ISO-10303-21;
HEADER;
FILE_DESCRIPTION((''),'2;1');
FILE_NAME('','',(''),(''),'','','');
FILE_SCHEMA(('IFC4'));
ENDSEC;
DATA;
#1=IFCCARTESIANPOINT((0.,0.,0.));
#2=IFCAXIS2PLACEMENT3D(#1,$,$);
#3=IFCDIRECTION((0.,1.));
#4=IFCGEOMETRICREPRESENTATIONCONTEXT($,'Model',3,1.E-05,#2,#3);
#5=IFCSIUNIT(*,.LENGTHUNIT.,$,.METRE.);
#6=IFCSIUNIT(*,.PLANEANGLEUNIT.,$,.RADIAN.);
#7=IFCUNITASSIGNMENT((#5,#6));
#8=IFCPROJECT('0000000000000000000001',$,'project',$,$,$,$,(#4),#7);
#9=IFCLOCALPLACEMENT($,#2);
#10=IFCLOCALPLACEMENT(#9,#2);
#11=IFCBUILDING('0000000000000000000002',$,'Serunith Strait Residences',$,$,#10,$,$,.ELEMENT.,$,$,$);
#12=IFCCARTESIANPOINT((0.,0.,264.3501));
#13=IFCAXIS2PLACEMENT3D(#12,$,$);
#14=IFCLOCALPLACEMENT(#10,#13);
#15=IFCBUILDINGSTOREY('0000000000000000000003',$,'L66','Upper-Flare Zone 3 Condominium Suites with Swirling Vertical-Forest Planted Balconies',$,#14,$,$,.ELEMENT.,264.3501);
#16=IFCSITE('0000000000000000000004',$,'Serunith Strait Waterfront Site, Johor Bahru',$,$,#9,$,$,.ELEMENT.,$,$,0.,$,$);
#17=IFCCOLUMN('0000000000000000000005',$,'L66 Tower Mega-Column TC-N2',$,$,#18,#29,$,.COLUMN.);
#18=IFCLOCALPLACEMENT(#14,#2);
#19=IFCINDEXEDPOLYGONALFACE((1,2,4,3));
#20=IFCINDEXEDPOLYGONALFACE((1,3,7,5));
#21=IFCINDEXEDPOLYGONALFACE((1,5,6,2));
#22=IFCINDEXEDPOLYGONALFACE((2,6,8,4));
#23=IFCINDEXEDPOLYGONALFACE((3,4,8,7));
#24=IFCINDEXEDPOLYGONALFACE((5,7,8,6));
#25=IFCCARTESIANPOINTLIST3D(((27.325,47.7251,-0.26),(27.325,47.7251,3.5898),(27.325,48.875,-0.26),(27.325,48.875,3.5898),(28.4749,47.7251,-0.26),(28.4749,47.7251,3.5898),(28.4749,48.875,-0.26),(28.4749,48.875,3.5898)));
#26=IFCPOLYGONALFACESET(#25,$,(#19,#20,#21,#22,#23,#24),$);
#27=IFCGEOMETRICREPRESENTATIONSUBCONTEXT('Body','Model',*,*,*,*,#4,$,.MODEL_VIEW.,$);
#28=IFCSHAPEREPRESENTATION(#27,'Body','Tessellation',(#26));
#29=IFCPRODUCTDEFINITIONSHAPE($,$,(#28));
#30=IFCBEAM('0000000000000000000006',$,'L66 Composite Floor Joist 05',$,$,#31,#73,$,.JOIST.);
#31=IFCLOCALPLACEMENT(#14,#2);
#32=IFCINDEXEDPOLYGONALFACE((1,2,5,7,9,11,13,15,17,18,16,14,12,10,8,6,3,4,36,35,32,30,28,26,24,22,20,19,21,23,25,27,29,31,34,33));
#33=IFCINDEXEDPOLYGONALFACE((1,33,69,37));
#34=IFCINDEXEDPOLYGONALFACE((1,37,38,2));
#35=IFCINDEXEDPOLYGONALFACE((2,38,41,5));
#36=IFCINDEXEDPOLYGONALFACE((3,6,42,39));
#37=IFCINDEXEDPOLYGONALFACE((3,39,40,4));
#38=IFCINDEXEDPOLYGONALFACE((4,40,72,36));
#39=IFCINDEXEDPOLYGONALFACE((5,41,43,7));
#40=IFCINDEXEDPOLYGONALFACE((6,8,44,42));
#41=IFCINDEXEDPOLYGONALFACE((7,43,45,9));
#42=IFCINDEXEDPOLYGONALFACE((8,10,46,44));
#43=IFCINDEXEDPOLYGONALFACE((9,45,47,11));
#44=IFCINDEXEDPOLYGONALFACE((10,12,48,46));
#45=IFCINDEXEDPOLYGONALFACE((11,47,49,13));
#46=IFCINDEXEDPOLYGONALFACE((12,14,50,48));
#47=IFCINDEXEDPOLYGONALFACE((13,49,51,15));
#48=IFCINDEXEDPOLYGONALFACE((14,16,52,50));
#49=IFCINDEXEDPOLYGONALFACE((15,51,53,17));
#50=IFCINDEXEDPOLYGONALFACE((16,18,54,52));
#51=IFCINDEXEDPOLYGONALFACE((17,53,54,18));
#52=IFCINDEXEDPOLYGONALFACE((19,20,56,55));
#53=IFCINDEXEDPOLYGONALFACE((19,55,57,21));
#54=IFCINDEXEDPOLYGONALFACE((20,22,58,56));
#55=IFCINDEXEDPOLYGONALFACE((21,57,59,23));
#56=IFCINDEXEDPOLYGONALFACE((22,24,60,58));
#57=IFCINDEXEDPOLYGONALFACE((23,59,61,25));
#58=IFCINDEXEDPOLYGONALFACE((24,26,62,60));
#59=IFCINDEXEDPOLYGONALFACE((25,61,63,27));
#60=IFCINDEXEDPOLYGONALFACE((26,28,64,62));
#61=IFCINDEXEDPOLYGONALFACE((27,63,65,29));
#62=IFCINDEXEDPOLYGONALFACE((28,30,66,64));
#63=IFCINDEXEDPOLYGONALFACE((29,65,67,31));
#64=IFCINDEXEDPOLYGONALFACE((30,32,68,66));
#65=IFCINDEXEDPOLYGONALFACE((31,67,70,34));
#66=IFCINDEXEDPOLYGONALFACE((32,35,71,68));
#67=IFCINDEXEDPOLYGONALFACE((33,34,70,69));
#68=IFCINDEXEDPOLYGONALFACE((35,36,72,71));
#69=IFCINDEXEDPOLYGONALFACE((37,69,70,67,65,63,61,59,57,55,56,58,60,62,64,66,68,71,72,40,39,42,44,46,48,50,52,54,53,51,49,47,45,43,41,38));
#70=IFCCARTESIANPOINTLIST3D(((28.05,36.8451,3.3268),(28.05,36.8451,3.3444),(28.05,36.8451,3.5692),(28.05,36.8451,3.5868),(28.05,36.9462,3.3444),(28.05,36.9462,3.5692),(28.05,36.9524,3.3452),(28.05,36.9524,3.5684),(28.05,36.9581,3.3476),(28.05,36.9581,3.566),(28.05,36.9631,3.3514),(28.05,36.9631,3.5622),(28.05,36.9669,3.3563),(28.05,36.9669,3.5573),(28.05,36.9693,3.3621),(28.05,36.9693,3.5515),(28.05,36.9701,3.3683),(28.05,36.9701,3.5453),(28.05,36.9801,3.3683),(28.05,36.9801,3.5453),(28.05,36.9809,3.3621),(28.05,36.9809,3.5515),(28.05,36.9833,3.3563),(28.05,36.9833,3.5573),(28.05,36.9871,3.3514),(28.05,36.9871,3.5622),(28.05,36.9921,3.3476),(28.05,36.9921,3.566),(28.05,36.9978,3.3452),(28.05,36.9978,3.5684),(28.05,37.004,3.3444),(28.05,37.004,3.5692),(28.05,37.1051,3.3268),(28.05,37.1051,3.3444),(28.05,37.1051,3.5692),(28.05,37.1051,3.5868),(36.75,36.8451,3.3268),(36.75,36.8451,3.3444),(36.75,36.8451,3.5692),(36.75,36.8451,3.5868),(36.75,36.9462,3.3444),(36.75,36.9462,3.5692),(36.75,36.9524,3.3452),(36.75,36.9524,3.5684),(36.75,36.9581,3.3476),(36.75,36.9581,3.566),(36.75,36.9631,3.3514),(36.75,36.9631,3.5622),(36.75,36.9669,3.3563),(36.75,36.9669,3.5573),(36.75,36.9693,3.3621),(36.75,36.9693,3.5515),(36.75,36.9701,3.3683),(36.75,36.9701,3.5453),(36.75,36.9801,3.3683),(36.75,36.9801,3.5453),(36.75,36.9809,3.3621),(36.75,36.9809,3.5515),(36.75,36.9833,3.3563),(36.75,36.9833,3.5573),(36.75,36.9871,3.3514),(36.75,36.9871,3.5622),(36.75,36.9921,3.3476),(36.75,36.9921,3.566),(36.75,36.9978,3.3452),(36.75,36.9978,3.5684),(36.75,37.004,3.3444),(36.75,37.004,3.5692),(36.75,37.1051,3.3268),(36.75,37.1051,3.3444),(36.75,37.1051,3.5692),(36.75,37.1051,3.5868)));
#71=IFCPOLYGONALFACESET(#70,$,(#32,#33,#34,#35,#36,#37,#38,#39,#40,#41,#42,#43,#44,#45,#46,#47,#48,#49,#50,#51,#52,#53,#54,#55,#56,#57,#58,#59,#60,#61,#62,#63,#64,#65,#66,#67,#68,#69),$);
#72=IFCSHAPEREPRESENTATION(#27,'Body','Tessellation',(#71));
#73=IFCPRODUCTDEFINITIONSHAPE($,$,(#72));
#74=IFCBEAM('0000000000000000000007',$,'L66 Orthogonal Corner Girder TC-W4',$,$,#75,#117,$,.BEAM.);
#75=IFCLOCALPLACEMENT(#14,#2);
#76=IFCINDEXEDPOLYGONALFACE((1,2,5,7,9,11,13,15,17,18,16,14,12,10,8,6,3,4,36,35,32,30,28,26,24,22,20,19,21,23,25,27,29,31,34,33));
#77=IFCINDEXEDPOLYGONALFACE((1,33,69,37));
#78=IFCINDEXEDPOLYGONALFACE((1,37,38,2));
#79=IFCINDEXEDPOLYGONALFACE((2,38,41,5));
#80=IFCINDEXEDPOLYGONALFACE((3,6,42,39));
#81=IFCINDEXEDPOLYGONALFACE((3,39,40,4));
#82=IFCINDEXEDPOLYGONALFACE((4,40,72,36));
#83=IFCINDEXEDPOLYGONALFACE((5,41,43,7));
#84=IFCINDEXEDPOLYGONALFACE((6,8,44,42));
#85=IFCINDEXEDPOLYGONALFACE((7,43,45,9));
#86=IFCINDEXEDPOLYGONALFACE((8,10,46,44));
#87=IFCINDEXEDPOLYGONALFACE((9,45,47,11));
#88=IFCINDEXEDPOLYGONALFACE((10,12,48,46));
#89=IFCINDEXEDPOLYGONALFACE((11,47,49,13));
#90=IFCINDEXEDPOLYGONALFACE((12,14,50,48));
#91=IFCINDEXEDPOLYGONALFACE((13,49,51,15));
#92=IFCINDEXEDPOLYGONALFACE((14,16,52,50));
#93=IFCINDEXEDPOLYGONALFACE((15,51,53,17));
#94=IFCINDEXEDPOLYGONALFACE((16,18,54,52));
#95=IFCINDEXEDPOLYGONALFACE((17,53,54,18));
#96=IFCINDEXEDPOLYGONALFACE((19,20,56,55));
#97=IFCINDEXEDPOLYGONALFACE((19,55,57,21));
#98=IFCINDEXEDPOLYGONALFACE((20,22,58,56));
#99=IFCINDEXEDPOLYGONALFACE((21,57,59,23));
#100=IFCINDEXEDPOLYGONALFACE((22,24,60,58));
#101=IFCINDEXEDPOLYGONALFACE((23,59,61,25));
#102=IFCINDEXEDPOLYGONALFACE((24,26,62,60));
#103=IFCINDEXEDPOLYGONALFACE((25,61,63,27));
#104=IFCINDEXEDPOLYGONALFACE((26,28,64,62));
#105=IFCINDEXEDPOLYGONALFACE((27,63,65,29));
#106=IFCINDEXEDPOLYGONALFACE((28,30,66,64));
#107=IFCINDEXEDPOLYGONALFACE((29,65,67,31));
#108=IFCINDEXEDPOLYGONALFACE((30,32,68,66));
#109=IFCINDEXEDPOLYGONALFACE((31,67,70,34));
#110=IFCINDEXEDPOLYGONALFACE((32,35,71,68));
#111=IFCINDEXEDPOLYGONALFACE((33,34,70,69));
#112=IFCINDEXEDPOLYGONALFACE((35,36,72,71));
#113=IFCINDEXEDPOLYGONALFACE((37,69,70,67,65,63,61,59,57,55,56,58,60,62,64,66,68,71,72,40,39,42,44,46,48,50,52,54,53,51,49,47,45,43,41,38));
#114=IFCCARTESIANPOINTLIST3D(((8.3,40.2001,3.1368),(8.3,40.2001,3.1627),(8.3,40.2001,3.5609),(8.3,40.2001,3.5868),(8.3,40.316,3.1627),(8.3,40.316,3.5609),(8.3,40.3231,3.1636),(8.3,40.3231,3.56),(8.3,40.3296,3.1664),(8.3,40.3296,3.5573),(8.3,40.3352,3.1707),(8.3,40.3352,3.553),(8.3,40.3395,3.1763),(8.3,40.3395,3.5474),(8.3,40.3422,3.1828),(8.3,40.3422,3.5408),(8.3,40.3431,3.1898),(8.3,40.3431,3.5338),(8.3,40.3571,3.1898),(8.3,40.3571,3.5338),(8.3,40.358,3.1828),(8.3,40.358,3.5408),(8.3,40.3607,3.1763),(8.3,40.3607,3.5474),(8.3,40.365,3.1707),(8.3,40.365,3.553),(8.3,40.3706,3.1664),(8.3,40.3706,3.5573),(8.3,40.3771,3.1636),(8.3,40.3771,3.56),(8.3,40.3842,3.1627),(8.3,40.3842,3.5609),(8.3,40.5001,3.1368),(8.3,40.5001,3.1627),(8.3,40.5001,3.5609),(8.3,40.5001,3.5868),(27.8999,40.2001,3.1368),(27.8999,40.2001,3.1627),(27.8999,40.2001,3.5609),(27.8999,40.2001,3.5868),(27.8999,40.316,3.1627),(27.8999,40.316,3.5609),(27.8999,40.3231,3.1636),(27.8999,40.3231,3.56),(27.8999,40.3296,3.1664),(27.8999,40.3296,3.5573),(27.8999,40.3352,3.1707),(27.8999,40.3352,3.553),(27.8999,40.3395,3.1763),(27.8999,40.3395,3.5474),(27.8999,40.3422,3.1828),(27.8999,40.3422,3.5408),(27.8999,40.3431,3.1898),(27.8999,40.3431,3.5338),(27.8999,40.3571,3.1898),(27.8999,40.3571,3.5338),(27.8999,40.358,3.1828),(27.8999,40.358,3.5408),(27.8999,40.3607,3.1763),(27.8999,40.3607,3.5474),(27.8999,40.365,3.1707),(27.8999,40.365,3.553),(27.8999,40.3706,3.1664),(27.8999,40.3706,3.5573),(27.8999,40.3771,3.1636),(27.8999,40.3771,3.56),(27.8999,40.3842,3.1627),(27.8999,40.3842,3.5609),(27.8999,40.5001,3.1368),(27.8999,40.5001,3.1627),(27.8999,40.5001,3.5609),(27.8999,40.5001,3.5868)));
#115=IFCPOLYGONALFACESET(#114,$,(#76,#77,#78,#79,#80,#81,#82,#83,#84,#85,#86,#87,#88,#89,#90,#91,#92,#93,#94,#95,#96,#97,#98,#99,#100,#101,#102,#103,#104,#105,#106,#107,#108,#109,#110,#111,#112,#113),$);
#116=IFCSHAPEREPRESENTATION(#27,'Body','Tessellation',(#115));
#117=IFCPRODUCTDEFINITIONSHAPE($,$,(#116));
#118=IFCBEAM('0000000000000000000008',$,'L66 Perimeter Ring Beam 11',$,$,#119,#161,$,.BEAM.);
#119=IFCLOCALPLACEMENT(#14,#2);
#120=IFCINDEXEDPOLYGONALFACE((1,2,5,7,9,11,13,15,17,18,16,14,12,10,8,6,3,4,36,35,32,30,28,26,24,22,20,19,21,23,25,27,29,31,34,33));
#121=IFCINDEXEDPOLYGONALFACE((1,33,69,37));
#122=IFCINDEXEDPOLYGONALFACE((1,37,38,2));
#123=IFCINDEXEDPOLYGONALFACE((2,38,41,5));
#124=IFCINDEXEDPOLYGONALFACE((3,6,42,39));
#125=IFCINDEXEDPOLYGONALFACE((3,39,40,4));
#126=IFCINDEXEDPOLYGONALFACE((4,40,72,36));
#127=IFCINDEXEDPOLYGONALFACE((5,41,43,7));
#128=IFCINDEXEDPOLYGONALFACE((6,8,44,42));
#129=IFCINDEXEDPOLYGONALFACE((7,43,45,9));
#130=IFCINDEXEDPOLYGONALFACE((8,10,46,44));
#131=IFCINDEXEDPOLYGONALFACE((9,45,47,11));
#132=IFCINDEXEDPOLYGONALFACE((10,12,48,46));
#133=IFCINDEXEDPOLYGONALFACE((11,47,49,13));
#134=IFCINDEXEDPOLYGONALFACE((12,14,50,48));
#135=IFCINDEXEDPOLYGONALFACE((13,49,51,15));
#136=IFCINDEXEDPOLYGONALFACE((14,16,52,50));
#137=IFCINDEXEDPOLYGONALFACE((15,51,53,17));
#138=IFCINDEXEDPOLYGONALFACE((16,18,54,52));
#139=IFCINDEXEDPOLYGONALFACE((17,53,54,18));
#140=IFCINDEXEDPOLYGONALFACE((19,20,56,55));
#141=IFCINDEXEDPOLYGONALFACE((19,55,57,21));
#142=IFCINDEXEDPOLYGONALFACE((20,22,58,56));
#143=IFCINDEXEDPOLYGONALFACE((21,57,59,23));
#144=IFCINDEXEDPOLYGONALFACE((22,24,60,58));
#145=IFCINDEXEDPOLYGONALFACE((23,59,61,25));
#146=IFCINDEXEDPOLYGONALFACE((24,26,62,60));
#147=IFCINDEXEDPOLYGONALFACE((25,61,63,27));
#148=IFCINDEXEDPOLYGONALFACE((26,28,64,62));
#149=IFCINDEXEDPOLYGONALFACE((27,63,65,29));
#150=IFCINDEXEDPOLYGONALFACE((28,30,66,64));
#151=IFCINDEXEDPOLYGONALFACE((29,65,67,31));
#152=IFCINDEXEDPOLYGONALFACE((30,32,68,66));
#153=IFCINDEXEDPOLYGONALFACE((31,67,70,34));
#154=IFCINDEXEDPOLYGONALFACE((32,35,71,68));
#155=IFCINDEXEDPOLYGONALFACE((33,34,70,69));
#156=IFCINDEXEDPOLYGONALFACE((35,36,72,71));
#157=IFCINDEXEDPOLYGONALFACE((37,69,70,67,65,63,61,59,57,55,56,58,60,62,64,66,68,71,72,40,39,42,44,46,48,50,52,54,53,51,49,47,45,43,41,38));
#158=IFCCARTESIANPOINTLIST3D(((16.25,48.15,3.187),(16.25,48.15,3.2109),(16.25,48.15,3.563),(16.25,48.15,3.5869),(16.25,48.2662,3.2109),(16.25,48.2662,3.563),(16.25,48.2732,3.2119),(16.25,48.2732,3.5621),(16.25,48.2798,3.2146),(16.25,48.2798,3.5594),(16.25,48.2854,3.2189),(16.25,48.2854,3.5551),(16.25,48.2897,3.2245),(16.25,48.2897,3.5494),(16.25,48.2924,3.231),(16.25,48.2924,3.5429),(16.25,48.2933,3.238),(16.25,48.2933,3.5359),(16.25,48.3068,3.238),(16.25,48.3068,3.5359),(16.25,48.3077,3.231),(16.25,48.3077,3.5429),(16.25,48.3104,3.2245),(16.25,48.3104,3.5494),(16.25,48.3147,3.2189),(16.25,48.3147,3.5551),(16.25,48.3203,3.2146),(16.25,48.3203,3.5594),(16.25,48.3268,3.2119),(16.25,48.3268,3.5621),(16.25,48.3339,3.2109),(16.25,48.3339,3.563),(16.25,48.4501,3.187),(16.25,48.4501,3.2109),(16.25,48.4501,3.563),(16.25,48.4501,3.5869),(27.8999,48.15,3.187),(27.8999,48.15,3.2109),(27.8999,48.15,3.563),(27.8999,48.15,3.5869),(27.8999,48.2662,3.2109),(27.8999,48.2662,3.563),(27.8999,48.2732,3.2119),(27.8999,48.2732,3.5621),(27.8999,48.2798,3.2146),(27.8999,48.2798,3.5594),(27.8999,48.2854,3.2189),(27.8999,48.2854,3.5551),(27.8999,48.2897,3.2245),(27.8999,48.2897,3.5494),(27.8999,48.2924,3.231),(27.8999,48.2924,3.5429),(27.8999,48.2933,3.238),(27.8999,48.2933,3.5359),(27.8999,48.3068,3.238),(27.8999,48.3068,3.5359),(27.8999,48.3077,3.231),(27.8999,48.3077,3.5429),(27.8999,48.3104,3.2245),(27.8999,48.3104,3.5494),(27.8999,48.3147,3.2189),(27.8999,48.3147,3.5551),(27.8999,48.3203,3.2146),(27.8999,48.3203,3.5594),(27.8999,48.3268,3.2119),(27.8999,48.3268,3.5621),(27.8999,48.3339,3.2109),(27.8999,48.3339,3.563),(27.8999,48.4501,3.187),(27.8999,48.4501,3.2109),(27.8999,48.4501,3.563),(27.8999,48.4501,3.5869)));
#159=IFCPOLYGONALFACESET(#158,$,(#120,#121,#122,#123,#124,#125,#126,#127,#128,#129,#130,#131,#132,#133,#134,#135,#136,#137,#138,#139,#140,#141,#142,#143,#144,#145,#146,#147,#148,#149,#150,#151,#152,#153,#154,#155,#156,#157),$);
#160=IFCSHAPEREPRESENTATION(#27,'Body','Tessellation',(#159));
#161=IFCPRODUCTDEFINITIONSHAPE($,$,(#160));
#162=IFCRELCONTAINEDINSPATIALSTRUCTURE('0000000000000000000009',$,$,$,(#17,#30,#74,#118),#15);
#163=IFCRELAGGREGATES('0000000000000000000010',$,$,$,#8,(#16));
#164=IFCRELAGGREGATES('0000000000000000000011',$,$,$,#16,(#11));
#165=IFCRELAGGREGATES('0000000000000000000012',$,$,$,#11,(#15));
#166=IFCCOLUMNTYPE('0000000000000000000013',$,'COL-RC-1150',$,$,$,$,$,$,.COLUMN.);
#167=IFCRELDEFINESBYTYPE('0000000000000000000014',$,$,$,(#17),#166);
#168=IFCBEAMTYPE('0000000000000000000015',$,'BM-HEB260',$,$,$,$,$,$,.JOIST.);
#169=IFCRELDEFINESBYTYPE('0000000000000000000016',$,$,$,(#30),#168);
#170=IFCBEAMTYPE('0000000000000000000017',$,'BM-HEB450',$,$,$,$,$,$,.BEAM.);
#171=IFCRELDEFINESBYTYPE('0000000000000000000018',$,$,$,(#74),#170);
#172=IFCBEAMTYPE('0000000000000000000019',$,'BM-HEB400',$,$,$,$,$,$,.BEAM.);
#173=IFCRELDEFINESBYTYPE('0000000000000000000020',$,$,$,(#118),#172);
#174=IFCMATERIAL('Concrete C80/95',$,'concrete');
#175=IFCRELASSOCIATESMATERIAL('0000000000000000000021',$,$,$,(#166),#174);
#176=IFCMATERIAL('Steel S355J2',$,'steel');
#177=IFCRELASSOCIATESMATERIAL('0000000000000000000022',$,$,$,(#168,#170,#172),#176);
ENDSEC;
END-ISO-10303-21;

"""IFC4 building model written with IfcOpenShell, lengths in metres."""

from ifc_helpers import new_model, si_unit, direction, frame, origin, origin_2d, place, context, subcontext, project, spatial, rectangle, i_section, extrude, source, transform, mapped, material, material_profile, profile_set, type_object, element, save


model = new_model("IFC4")

# Units and contexts
model_context = context("Model", 3, precision=1e-05, world=origin(), true_north=direction((0.0, 1.0)))
body_context = subcontext(model_context, "Body", "Model", "MODEL_VIEW")
ifc_project = project(units=[si_unit("LENGTHUNIT", "METRE"), si_unit("PLANEANGLEUNIT", "RADIAN")], contexts=[model_context])

# Site, building, storey
site_placement = place(None, origin())
site = spatial("IfcSite", under=ifc_project, at=site_placement, Name="Serunith Strait Waterfront Site, Johor Bahru", CompositionType="ELEMENT", RefElevation=0.0)
building_placement = place(site_placement, origin())
building = spatial("IfcBuilding", under=site, at=building_placement, Name="Serunith Strait Residences", CompositionType="ELEMENT")
storey_placement = place(building_placement, frame((0.0, 0.0, 264.3501)))
storey = spatial("IfcBuildingStorey", under=building, at=storey_placement, Name="L66", Description="Upper-Flare Zone 3 Condominium Suites with Swirling Vertical-Forest Planted Balconies", CompositionType="ELEMENT", Elevation=264.3501)

# Column
ifc_material_1 = material(Name="Concrete C80/95", Category="concrete")
ifc_material_profile_1 = material_profile(ifc_material_1, rectangle(XDim=1.1499, YDim=1.1499, at=origin_2d()), Name="RC 1150x1150")
ifc_profile_set_1 = profile_set([ifc_material_profile_1], Name="Concrete C80/95")
column_type = type_object("IfcColumnType", Name="COL-RC-1150", PredefinedType="COLUMN", material=ifc_profile_set_1)
shared_shape_1 = source(origin(), body_context, "Body", "SweptSolid", [
    extrude(rectangle(XDim=1.1499, YDim=1.1499, at=origin_2d()), origin(), (0.0, 0.0, 1.0), 3.8499),
])
column_placement = place(storey_placement, frame((27.8999, 48.3, -0.26), z_axis=(0.0, 0.0, 1.0), x_axis=(1.0, 0.0, 0.0)))
element("IfcColumn", 1, at=column_placement, inside=storey, type_object=column_type, Name="L66 Tower Mega-Column TC-N2", PredefinedType="COLUMN", context=body_context, shape_type="MappedRepresentation", body=[
    mapped(shared_shape_1, transform((0.0, 0.0, 0.0), scale=1.0)),
])

# Beams
ifc_material_2 = material(Name="Steel S355J2", Category="steel")
ifc_material_profile_2 = material_profile(ifc_material_2, i_section(OverallWidth=0.26, OverallDepth=0.26, WebThickness=0.01, FlangeThickness=0.0176, FilletRadius=0.0239, at=origin_2d()), Name="HEB 260")
ifc_profile_set_2 = profile_set([ifc_material_profile_2], Name="Steel S355J2")
beam_type_1 = type_object("IfcBeamType", Name="BM-HEB260", PredefinedType="JOIST", material=ifc_profile_set_2)
shared_shape_2 = source(origin(), body_context, "Body", "SweptSolid", [
    extrude(i_section(OverallWidth=0.26, OverallDepth=0.26, WebThickness=0.01, FlangeThickness=0.0176, FilletRadius=0.0239, at=origin_2d()), origin(), (0.0, 0.0, 1.0), 8.7),
])
beam_1_placement = place(storey_placement, frame((28.05, 36.9751, 3.4568), z_axis=(1.0, 0.0, 0.0), x_axis=(0.0, 1.0, 0.0)))
element("IfcBeam", 2, at=beam_1_placement, inside=storey, type_object=beam_type_1, Name="L66 Composite Floor Joist 05", PredefinedType="JOIST", context=body_context, shape_type="MappedRepresentation", body=[
    mapped(shared_shape_2, transform((0.0, 0.0, 0.0), scale=1.0)),
])
ifc_material_profile_3 = material_profile(ifc_material_2, i_section(OverallWidth=0.3, OverallDepth=0.45, WebThickness=0.0139, FlangeThickness=0.0259, FilletRadius=0.0271, at=origin_2d()), Name="HEB 450")
ifc_profile_set_3 = profile_set([ifc_material_profile_3], Name="Steel S355J2")
beam_type_2 = type_object("IfcBeamType", Name="BM-HEB450", PredefinedType="BEAM", material=ifc_profile_set_3)
shared_shape_3 = source(origin(), body_context, "Body", "SweptSolid", [
    extrude(i_section(OverallWidth=0.3, OverallDepth=0.45, WebThickness=0.0139, FlangeThickness=0.0259, FilletRadius=0.0271, at=origin_2d()), origin(), (0.0, 0.0, 1.0), 19.5999),
])
beam_2_placement = place(storey_placement, frame((27.8999, 40.3501, 3.3618), z_axis=(-1.0, 0.0, 0.0), x_axis=(0.0, -1.0, 0.0)))
element("IfcBeam", 3, at=beam_2_placement, inside=storey, type_object=beam_type_2, Name="L66 Orthogonal Corner Girder TC-W4", PredefinedType="BEAM", context=body_context, shape_type="MappedRepresentation", body=[
    mapped(shared_shape_3, transform((0.0, 0.0, 0.0), scale=1.0)),
])
ifc_material_profile_4 = material_profile(ifc_material_2, i_section(OverallWidth=0.3, OverallDepth=0.3999, WebThickness=0.0134, FlangeThickness=0.0239, FilletRadius=0.0271, at=origin_2d()), Name="HEB 400")
ifc_profile_set_4 = profile_set([ifc_material_profile_4], Name="Steel S355J2")
beam_type_3 = type_object("IfcBeamType", Name="BM-HEB400", PredefinedType="BEAM", material=ifc_profile_set_4)
shared_shape_4 = source(origin(), body_context, "Body", "SweptSolid", [
    extrude(i_section(OverallWidth=0.3, OverallDepth=0.3999, WebThickness=0.0134, FlangeThickness=0.0239, FilletRadius=0.0271, at=origin_2d()), origin(), (0.0, 0.0, 1.0), 11.6499),
])
beam_3_placement = place(storey_placement, frame((27.8999, 48.3, 3.387), z_axis=(-1.0, 0.0, 0.0), x_axis=(0.0, -1.0, 0.0)))
element("IfcBeam", 4, at=beam_3_placement, inside=storey, type_object=beam_type_3, Name="L66 Perimeter Ring Beam 11", PredefinedType="BEAM", context=body_context, shape_type="MappedRepresentation", body=[
    mapped(shared_shape_4, transform((0.0, 0.0, 0.0), scale=1.0)),
])

save(model, "model.ifc")
